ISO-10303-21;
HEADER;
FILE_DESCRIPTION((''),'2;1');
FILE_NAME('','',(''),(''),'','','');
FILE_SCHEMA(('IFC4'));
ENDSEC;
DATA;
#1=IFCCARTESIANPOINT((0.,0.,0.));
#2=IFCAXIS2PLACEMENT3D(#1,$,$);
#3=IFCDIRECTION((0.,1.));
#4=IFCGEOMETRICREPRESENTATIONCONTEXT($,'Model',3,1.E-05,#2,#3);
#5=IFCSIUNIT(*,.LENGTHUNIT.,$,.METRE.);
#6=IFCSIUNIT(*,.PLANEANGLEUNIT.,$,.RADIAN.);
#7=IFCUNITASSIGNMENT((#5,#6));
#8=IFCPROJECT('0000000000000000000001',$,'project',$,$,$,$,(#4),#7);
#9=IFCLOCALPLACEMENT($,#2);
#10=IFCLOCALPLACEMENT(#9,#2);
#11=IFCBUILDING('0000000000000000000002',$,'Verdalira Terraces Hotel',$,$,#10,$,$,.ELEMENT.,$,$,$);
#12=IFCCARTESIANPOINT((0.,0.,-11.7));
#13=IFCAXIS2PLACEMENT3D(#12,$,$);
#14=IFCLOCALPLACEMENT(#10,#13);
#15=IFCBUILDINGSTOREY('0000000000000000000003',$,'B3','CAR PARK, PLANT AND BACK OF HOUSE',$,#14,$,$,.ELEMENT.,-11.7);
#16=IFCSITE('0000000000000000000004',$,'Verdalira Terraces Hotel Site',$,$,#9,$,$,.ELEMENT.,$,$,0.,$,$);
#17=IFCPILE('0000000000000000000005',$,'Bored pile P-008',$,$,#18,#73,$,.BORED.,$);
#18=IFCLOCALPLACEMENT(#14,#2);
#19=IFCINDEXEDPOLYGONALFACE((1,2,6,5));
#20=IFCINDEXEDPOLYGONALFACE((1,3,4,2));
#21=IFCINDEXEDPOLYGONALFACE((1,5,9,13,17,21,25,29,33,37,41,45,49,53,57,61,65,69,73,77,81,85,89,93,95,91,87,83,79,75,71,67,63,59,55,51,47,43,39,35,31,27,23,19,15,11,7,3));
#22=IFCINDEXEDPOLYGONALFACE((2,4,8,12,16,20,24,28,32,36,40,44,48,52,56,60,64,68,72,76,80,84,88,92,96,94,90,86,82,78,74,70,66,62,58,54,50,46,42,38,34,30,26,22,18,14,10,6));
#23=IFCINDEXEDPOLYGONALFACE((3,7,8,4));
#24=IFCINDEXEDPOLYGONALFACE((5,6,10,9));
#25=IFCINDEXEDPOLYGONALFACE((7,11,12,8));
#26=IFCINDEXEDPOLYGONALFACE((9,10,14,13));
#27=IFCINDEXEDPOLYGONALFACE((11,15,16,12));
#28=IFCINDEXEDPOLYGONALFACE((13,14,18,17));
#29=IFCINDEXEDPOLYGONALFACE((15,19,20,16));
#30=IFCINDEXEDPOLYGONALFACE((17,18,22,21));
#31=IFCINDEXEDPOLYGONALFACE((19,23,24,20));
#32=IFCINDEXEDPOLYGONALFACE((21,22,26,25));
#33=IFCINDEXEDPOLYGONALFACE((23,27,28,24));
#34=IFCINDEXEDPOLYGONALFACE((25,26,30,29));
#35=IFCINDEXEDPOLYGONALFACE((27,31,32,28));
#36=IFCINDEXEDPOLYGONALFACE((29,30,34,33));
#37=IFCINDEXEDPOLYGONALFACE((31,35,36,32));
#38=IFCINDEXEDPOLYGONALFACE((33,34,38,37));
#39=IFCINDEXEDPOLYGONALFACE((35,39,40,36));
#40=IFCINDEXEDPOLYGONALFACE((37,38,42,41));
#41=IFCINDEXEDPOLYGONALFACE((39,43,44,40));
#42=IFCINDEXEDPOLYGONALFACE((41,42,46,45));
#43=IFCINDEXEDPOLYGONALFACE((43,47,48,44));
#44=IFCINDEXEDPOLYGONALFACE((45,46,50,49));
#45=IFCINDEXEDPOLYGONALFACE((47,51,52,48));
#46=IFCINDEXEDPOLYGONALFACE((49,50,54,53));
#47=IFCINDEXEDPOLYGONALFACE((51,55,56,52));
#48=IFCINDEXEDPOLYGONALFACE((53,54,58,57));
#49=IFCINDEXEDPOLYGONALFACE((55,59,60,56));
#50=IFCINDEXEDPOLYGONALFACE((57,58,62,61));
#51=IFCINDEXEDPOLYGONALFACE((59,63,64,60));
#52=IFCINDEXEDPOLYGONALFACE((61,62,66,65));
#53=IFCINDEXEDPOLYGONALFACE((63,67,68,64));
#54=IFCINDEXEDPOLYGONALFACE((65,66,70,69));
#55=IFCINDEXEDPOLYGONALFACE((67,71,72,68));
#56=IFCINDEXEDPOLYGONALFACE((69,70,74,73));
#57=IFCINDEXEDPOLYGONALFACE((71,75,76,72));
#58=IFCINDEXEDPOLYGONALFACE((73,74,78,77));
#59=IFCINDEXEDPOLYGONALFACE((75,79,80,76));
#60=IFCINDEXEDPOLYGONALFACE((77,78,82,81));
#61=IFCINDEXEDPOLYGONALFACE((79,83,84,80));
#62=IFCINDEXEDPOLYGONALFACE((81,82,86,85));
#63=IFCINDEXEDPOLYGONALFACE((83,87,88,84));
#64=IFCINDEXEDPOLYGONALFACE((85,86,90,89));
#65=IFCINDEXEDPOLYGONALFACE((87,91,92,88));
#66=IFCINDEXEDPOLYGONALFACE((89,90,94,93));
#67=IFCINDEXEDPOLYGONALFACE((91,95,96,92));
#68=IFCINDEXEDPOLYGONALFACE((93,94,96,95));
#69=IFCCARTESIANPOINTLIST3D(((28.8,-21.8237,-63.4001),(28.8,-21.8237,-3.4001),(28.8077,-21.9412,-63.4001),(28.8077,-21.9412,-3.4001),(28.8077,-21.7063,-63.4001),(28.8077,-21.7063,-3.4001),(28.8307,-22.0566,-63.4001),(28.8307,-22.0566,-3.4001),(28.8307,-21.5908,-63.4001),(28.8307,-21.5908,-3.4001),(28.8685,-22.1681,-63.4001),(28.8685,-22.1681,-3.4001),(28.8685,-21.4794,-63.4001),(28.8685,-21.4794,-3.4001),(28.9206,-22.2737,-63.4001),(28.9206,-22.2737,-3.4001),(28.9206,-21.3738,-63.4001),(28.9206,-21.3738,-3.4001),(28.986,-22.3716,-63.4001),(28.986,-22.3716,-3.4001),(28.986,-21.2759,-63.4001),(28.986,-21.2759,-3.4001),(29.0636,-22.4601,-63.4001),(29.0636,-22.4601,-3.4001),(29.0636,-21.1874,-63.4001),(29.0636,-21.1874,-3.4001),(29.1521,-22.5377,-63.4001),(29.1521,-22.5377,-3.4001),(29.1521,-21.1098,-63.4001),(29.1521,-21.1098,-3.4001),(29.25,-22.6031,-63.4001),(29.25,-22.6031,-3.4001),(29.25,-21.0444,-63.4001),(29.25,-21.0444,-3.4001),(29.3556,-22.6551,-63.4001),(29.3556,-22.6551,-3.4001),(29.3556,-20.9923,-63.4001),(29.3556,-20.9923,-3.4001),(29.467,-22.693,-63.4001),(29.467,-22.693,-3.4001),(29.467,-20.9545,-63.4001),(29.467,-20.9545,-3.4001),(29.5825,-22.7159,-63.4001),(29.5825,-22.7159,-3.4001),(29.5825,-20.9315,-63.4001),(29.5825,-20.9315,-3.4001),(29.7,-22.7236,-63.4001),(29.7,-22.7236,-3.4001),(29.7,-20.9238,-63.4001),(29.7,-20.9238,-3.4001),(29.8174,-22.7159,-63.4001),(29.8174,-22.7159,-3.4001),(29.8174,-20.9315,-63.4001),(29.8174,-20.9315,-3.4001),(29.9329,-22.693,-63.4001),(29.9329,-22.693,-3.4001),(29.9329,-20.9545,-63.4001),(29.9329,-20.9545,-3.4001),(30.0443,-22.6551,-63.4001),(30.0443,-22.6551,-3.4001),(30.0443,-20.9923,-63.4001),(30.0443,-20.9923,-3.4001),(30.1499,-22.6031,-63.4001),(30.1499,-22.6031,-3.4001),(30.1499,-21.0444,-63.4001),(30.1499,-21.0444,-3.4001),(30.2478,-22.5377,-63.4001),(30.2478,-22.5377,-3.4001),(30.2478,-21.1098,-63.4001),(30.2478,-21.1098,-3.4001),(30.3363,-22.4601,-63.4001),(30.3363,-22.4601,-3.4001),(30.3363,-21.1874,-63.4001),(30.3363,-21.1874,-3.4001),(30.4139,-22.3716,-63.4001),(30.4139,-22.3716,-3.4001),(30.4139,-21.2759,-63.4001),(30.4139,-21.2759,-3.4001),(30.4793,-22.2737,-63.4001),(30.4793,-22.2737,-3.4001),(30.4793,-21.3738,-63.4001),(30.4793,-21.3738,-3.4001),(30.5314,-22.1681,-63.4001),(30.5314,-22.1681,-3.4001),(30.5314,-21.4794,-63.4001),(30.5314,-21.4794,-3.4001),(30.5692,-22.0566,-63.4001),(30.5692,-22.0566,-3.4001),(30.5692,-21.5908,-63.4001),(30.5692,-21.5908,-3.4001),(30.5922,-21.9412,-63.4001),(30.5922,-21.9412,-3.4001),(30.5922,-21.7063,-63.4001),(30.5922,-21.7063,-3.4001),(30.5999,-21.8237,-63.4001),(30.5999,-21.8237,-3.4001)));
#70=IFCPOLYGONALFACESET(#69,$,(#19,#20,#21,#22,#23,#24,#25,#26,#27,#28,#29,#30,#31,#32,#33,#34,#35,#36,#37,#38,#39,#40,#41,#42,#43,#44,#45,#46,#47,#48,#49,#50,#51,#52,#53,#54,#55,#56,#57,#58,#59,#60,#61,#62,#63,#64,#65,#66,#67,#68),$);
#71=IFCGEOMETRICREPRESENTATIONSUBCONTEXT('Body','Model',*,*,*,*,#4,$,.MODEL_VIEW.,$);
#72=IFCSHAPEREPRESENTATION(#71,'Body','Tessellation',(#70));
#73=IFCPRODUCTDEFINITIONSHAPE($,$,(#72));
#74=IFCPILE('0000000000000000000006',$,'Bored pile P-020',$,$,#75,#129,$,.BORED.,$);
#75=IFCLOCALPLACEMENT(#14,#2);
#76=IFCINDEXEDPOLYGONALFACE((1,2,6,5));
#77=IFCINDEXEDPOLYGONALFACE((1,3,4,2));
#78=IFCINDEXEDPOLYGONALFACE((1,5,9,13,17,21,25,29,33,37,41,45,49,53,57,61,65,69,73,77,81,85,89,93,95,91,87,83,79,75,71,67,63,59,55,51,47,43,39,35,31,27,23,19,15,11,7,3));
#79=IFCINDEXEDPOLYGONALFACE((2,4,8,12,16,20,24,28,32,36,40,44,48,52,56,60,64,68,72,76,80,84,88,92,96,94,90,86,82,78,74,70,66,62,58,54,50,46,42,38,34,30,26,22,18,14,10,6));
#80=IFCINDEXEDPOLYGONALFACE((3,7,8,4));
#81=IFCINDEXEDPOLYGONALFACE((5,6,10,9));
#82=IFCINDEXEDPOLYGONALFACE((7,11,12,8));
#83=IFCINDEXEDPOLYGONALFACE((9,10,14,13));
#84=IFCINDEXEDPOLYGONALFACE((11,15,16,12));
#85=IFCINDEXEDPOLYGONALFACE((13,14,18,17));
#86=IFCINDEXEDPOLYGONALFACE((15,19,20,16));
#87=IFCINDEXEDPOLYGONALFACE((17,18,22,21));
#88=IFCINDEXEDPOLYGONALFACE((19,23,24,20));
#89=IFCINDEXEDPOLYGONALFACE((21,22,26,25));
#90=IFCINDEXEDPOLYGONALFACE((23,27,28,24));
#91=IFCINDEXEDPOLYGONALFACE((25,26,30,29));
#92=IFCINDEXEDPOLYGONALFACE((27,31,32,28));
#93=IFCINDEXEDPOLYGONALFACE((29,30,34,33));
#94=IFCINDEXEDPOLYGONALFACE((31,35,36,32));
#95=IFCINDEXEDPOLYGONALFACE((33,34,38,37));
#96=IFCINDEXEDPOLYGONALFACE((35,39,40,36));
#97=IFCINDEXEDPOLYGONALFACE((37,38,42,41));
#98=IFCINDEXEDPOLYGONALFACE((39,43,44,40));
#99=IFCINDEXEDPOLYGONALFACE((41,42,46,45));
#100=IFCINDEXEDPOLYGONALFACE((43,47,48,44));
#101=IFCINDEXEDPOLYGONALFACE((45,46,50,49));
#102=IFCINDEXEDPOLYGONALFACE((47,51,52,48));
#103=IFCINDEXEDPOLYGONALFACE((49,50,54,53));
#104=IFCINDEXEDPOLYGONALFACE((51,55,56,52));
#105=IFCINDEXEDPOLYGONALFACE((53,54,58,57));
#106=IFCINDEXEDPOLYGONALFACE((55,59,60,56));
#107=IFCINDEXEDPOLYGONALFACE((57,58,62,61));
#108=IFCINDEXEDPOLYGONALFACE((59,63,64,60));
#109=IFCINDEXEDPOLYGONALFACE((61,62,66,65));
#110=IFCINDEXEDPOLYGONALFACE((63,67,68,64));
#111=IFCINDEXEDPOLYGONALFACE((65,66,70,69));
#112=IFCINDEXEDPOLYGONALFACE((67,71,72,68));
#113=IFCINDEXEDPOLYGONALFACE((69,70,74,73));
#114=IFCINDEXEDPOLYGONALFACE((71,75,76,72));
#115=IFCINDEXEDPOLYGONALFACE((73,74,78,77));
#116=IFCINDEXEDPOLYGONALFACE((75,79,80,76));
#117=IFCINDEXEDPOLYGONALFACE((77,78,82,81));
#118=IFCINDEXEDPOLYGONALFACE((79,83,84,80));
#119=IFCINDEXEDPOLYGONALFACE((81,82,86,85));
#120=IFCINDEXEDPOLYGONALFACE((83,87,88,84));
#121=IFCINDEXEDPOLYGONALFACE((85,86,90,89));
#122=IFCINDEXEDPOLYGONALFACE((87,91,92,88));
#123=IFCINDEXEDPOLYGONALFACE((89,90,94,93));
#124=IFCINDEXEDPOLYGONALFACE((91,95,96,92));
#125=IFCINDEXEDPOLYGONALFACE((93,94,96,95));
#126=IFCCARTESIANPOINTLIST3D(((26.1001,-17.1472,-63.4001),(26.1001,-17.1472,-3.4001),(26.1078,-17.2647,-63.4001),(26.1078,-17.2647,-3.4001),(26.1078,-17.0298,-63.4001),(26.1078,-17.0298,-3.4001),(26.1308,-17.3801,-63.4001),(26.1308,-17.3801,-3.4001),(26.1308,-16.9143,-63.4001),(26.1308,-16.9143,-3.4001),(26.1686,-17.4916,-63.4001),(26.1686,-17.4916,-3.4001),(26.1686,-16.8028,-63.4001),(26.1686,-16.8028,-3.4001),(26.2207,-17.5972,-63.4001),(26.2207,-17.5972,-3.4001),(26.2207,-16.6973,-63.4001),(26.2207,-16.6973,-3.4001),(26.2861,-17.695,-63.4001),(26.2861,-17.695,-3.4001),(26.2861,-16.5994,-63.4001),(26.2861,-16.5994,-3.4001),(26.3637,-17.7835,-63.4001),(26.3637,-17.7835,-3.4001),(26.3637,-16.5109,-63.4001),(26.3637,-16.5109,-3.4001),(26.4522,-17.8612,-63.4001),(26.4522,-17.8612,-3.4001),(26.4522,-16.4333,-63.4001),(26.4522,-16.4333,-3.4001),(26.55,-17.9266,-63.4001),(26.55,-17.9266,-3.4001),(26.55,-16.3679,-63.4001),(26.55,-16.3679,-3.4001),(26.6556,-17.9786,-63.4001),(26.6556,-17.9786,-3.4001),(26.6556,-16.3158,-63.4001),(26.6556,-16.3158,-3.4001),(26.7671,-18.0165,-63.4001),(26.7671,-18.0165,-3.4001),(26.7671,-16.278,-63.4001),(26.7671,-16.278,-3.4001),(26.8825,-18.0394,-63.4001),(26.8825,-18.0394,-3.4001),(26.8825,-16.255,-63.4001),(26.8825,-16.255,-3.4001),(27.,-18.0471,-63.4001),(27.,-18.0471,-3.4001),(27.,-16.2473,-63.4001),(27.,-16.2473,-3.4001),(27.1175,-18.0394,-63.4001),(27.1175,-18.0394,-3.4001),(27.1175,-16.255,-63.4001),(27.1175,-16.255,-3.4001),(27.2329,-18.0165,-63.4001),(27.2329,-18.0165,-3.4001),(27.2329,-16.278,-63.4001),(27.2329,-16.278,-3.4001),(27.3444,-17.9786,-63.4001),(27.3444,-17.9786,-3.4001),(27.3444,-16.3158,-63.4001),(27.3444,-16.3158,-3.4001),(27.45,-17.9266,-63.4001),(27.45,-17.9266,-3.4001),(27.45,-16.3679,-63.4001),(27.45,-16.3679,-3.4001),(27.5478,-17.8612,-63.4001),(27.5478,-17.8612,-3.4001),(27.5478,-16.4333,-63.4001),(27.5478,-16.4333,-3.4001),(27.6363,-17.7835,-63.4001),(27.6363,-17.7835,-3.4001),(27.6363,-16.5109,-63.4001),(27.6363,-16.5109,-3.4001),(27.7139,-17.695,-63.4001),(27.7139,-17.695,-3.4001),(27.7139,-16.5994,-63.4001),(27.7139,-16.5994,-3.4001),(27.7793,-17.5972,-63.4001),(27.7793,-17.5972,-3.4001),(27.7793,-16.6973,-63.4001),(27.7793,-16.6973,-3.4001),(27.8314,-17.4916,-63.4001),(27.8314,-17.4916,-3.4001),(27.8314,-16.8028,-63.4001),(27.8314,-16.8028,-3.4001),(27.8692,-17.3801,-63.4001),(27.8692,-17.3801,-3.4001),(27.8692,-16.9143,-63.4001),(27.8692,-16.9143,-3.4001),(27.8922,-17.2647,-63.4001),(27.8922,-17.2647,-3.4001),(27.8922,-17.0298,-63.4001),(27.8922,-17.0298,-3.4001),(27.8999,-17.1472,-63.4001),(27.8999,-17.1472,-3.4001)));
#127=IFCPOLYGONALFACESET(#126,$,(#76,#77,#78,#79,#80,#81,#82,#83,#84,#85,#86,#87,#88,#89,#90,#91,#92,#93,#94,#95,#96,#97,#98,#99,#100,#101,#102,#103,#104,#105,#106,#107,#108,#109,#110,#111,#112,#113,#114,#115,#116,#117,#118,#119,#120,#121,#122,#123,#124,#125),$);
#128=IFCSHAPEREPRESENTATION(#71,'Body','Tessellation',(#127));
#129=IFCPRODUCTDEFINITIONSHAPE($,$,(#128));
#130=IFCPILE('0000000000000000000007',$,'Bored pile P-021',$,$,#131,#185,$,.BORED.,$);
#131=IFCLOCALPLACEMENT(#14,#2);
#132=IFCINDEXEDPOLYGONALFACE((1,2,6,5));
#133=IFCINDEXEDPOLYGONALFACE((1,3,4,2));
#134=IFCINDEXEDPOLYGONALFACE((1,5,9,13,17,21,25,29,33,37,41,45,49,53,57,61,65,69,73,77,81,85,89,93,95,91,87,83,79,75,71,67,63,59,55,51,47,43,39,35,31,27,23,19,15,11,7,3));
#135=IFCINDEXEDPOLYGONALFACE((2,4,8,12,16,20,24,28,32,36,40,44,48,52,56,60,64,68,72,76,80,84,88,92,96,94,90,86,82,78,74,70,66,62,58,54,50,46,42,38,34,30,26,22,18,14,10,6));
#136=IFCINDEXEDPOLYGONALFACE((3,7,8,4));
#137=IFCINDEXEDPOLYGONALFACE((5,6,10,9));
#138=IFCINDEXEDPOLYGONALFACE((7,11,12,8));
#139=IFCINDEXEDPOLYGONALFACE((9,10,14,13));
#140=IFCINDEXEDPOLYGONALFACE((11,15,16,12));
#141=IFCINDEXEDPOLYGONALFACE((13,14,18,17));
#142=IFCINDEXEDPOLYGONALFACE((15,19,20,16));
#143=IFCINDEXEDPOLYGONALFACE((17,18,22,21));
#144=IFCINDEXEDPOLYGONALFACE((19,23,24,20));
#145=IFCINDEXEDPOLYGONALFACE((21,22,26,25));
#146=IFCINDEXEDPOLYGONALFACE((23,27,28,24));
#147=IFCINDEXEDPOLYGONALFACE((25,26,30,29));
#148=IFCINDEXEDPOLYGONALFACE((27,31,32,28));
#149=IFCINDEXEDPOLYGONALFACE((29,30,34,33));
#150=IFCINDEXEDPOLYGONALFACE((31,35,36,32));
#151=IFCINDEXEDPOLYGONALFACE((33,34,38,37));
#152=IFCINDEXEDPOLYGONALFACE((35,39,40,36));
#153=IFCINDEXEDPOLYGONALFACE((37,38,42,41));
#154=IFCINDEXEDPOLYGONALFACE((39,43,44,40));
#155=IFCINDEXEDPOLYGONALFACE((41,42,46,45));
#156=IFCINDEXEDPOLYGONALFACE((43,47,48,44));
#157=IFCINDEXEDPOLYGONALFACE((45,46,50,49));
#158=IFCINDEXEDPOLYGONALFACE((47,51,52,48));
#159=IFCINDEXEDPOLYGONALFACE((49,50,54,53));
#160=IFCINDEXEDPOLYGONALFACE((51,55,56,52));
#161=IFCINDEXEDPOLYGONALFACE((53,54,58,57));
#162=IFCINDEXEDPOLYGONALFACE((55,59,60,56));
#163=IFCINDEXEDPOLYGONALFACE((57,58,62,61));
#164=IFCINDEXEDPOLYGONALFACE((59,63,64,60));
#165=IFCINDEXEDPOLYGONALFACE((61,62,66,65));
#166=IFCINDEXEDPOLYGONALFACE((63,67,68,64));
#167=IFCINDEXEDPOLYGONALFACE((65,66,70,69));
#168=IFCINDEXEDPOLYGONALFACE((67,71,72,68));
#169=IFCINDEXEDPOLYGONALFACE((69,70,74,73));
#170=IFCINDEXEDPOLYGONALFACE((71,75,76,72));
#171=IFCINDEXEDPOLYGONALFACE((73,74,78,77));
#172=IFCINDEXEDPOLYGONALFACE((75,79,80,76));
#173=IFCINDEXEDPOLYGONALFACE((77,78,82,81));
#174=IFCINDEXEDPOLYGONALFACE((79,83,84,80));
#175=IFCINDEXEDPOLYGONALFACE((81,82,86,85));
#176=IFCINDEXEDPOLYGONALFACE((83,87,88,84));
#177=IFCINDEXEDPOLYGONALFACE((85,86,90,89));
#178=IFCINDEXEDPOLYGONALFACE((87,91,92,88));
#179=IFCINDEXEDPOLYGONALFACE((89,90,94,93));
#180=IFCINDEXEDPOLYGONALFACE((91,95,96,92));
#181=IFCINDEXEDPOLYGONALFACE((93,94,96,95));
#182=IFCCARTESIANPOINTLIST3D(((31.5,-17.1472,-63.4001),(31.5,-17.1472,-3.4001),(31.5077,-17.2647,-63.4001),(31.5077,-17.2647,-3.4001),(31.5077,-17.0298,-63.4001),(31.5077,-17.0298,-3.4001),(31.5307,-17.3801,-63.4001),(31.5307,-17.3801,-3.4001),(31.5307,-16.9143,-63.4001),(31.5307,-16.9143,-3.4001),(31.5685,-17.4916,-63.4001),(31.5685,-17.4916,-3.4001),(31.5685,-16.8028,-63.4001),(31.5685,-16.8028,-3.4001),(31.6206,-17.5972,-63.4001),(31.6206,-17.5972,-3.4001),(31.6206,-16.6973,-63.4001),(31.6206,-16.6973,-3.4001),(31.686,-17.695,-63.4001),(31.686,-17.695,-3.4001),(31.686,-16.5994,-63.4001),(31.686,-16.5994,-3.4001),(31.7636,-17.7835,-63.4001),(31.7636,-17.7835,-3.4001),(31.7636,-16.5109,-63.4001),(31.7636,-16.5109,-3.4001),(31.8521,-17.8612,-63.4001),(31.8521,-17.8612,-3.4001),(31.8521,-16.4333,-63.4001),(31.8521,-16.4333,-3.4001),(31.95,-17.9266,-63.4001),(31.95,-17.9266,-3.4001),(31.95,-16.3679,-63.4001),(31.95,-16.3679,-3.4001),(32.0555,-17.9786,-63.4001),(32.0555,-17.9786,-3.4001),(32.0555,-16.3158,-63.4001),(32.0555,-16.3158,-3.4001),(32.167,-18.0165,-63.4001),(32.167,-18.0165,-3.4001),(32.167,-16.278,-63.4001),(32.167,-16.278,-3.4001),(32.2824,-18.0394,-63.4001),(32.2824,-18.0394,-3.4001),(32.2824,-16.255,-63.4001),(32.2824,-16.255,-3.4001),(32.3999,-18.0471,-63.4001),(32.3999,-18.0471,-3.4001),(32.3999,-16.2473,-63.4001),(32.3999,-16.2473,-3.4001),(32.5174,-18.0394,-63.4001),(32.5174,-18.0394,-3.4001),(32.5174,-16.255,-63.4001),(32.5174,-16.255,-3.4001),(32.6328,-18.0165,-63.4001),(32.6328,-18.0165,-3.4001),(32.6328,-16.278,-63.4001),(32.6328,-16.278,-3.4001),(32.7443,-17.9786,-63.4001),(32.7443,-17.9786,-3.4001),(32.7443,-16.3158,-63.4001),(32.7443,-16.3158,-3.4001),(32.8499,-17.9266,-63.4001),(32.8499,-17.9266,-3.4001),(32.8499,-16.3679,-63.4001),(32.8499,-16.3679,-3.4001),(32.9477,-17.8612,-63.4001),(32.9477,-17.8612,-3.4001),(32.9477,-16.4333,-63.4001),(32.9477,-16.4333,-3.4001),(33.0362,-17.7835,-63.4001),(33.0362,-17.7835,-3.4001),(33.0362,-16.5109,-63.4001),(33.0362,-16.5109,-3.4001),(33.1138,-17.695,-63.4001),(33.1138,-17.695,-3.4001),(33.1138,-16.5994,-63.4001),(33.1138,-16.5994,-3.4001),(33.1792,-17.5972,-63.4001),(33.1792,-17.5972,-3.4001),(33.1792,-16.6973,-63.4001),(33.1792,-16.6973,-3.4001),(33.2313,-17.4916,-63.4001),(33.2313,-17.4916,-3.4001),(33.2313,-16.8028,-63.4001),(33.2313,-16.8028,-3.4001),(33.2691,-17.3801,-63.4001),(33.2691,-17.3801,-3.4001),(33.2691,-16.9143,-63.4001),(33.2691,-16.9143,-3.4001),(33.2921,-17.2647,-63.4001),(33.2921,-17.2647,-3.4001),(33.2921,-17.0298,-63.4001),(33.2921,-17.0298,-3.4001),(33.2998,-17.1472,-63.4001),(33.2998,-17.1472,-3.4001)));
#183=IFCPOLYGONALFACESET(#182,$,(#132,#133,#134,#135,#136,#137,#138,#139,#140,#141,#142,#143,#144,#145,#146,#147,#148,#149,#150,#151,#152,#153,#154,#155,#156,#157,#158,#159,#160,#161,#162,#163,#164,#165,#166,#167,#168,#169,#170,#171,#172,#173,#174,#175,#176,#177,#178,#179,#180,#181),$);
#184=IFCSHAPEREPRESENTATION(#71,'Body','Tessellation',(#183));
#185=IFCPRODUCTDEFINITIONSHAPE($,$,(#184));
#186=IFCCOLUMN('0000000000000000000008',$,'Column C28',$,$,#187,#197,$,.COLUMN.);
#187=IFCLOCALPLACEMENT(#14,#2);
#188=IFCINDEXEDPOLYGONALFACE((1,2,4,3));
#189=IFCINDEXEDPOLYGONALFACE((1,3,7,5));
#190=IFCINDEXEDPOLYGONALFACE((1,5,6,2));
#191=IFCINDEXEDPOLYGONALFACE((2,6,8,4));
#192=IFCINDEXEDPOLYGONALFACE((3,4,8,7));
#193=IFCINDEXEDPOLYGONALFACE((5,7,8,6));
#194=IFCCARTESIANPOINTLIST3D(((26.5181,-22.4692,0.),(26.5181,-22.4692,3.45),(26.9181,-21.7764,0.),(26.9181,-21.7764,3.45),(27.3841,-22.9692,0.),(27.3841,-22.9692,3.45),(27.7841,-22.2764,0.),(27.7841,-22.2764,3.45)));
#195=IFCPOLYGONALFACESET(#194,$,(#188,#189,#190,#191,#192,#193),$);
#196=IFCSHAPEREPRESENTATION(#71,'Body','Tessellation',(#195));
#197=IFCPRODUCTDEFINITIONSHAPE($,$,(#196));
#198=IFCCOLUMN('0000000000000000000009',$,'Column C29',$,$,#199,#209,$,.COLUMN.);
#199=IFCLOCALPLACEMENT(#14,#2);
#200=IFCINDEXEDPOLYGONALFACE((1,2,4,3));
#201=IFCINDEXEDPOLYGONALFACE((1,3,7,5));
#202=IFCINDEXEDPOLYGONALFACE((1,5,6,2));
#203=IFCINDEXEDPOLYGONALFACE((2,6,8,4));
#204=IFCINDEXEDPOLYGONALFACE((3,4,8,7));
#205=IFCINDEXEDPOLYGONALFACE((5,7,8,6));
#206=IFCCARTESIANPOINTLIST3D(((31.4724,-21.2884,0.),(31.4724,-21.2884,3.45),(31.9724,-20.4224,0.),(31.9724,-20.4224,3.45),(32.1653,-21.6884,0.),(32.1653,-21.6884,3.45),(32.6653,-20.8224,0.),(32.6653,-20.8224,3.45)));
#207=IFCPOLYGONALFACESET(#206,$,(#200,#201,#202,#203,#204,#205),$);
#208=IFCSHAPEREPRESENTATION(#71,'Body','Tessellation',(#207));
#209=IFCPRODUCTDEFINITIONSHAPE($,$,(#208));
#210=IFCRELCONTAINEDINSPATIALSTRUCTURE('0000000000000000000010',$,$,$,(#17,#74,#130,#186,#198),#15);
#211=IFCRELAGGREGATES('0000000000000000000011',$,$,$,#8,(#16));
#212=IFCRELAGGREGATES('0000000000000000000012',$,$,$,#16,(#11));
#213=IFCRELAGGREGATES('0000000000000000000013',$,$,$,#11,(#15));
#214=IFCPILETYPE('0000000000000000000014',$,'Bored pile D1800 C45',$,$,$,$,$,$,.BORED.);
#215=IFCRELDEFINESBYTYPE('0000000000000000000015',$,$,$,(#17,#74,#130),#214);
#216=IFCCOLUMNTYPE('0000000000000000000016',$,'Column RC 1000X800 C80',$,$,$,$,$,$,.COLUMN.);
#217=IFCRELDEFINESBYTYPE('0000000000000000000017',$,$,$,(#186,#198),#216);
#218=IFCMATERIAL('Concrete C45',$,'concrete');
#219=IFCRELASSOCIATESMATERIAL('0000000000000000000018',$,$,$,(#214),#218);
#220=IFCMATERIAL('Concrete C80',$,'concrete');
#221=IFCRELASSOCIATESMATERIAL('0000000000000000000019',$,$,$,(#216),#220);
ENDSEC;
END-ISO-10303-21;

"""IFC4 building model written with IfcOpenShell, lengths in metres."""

from ifc_helpers import new_model, si_unit, direction, frame, origin, origin_2d, place, context, subcontext, project, spatial, rectangle, circle, extrude, material, material_profile, profile_set, type_object, element, save


model = new_model("IFC4")

# Units and contexts
model_context = context("Model", 3, precision=1e-05, world=origin(), true_north=direction((0.0, 1.0)))
body_context = subcontext(model_context, "Body", "Model", "MODEL_VIEW")
ifc_project = project(units=[si_unit("LENGTHUNIT", "METRE"), si_unit("PLANEANGLEUNIT", "RADIAN")], contexts=[model_context])

# Site, building, storey
site_placement = place(None, origin())
site = spatial("IfcSite", under=ifc_project, at=site_placement, Name="Verdalira Terraces Hotel Site", CompositionType="ELEMENT", RefElevation=0.0)
building_placement = place(site_placement, origin())
building = spatial("IfcBuilding", under=site, at=building_placement, Name="Verdalira Terraces Hotel", CompositionType="ELEMENT")
storey_placement = place(building_placement, frame((0.0, 0.0, -11.7)))
storey = spatial("IfcBuildingStorey", under=building, at=storey_placement, Name="B3", Description="CAR PARK, PLANT AND BACK OF HOUSE", CompositionType="ELEMENT", Elevation=-11.7)

# Piles
ifc_material_1 = material(Name="Concrete C45", Category="concrete")
ifc_material_profile_1 = material_profile(ifc_material_1, circle(Radius=0.8999, at=origin_2d()), Name="D1800")
ifc_profile_set_1 = profile_set([ifc_material_profile_1], Name="Concrete C45")
pile_type = type_object("IfcPileType", Name="Bored pile D1800 C45", PredefinedType="BORED", material=ifc_profile_set_1)
for number, where, z_axis, x_axis, name in (
    (1, (29.7, -21.8237, -3.4001), (0.0, 0.0, -1.0), (1.0, 0.0, 0.0), "Bored pile P-008"),
    (2, (27.0, -17.1472, -3.4001), (0.0, 0.0, -1.0), (1.0, 0.0, 0.0), "Bored pile P-020"),
    (3, (32.3999, -17.1472, -3.4001), (0.0, 0.0, -1.0), (1.0, 0.0, 0.0), "Bored pile P-021"),
):
    element("IfcPile", number, at=place(storey_placement, frame(where, z_axis=z_axis, x_axis=x_axis)), inside=storey, type_object=pile_type, Name=name, PredefinedType="BORED", context=body_context, shape_type="SweptSolid", body=[
        extrude(circle(Radius=0.8999, at=origin_2d()), origin(), (0.0, 0.0, 1.0), 60.0),
    ])

# Columns
ifc_material_2 = material(Name="Concrete C80", Category="concrete")
ifc_material_profile_2 = material_profile(ifc_material_2, rectangle(XDim=1.0, YDim=0.8, at=origin_2d()), Name="RC 1000X800")
ifc_profile_set_2 = profile_set([ifc_material_profile_2], Name="Concrete C80")
column_type_1 = type_object("IfcColumnType", Name="Column RC 1000X800 C80", PredefinedType="COLUMN", material=ifc_profile_set_2)
for number, where, z_axis, x_axis, name in (
    (4, (27.1511, -22.3728, 0.0), (0.0, 0.0, 1.0), (0.866025, -0.5, 0.0), "Column C28"),
    (5, (32.0688, -21.0554, 0.0), (0.0, 0.0, 1.0), (0.5, 0.866025, 0.0), "Column C29"),
):
    element("IfcColumn", number, at=place(storey_placement, frame(where, z_axis=z_axis, x_axis=x_axis)), inside=storey, type_object=column_type_1, Name=name, PredefinedType="COLUMN", context=body_context, shape_type="SweptSolid", body=[
        extrude(rectangle(XDim=1.0, YDim=0.8, at=origin_2d()), origin(), (0.0, 0.0, 1.0), 3.45),
    ])

save(model, "model.ifc")
